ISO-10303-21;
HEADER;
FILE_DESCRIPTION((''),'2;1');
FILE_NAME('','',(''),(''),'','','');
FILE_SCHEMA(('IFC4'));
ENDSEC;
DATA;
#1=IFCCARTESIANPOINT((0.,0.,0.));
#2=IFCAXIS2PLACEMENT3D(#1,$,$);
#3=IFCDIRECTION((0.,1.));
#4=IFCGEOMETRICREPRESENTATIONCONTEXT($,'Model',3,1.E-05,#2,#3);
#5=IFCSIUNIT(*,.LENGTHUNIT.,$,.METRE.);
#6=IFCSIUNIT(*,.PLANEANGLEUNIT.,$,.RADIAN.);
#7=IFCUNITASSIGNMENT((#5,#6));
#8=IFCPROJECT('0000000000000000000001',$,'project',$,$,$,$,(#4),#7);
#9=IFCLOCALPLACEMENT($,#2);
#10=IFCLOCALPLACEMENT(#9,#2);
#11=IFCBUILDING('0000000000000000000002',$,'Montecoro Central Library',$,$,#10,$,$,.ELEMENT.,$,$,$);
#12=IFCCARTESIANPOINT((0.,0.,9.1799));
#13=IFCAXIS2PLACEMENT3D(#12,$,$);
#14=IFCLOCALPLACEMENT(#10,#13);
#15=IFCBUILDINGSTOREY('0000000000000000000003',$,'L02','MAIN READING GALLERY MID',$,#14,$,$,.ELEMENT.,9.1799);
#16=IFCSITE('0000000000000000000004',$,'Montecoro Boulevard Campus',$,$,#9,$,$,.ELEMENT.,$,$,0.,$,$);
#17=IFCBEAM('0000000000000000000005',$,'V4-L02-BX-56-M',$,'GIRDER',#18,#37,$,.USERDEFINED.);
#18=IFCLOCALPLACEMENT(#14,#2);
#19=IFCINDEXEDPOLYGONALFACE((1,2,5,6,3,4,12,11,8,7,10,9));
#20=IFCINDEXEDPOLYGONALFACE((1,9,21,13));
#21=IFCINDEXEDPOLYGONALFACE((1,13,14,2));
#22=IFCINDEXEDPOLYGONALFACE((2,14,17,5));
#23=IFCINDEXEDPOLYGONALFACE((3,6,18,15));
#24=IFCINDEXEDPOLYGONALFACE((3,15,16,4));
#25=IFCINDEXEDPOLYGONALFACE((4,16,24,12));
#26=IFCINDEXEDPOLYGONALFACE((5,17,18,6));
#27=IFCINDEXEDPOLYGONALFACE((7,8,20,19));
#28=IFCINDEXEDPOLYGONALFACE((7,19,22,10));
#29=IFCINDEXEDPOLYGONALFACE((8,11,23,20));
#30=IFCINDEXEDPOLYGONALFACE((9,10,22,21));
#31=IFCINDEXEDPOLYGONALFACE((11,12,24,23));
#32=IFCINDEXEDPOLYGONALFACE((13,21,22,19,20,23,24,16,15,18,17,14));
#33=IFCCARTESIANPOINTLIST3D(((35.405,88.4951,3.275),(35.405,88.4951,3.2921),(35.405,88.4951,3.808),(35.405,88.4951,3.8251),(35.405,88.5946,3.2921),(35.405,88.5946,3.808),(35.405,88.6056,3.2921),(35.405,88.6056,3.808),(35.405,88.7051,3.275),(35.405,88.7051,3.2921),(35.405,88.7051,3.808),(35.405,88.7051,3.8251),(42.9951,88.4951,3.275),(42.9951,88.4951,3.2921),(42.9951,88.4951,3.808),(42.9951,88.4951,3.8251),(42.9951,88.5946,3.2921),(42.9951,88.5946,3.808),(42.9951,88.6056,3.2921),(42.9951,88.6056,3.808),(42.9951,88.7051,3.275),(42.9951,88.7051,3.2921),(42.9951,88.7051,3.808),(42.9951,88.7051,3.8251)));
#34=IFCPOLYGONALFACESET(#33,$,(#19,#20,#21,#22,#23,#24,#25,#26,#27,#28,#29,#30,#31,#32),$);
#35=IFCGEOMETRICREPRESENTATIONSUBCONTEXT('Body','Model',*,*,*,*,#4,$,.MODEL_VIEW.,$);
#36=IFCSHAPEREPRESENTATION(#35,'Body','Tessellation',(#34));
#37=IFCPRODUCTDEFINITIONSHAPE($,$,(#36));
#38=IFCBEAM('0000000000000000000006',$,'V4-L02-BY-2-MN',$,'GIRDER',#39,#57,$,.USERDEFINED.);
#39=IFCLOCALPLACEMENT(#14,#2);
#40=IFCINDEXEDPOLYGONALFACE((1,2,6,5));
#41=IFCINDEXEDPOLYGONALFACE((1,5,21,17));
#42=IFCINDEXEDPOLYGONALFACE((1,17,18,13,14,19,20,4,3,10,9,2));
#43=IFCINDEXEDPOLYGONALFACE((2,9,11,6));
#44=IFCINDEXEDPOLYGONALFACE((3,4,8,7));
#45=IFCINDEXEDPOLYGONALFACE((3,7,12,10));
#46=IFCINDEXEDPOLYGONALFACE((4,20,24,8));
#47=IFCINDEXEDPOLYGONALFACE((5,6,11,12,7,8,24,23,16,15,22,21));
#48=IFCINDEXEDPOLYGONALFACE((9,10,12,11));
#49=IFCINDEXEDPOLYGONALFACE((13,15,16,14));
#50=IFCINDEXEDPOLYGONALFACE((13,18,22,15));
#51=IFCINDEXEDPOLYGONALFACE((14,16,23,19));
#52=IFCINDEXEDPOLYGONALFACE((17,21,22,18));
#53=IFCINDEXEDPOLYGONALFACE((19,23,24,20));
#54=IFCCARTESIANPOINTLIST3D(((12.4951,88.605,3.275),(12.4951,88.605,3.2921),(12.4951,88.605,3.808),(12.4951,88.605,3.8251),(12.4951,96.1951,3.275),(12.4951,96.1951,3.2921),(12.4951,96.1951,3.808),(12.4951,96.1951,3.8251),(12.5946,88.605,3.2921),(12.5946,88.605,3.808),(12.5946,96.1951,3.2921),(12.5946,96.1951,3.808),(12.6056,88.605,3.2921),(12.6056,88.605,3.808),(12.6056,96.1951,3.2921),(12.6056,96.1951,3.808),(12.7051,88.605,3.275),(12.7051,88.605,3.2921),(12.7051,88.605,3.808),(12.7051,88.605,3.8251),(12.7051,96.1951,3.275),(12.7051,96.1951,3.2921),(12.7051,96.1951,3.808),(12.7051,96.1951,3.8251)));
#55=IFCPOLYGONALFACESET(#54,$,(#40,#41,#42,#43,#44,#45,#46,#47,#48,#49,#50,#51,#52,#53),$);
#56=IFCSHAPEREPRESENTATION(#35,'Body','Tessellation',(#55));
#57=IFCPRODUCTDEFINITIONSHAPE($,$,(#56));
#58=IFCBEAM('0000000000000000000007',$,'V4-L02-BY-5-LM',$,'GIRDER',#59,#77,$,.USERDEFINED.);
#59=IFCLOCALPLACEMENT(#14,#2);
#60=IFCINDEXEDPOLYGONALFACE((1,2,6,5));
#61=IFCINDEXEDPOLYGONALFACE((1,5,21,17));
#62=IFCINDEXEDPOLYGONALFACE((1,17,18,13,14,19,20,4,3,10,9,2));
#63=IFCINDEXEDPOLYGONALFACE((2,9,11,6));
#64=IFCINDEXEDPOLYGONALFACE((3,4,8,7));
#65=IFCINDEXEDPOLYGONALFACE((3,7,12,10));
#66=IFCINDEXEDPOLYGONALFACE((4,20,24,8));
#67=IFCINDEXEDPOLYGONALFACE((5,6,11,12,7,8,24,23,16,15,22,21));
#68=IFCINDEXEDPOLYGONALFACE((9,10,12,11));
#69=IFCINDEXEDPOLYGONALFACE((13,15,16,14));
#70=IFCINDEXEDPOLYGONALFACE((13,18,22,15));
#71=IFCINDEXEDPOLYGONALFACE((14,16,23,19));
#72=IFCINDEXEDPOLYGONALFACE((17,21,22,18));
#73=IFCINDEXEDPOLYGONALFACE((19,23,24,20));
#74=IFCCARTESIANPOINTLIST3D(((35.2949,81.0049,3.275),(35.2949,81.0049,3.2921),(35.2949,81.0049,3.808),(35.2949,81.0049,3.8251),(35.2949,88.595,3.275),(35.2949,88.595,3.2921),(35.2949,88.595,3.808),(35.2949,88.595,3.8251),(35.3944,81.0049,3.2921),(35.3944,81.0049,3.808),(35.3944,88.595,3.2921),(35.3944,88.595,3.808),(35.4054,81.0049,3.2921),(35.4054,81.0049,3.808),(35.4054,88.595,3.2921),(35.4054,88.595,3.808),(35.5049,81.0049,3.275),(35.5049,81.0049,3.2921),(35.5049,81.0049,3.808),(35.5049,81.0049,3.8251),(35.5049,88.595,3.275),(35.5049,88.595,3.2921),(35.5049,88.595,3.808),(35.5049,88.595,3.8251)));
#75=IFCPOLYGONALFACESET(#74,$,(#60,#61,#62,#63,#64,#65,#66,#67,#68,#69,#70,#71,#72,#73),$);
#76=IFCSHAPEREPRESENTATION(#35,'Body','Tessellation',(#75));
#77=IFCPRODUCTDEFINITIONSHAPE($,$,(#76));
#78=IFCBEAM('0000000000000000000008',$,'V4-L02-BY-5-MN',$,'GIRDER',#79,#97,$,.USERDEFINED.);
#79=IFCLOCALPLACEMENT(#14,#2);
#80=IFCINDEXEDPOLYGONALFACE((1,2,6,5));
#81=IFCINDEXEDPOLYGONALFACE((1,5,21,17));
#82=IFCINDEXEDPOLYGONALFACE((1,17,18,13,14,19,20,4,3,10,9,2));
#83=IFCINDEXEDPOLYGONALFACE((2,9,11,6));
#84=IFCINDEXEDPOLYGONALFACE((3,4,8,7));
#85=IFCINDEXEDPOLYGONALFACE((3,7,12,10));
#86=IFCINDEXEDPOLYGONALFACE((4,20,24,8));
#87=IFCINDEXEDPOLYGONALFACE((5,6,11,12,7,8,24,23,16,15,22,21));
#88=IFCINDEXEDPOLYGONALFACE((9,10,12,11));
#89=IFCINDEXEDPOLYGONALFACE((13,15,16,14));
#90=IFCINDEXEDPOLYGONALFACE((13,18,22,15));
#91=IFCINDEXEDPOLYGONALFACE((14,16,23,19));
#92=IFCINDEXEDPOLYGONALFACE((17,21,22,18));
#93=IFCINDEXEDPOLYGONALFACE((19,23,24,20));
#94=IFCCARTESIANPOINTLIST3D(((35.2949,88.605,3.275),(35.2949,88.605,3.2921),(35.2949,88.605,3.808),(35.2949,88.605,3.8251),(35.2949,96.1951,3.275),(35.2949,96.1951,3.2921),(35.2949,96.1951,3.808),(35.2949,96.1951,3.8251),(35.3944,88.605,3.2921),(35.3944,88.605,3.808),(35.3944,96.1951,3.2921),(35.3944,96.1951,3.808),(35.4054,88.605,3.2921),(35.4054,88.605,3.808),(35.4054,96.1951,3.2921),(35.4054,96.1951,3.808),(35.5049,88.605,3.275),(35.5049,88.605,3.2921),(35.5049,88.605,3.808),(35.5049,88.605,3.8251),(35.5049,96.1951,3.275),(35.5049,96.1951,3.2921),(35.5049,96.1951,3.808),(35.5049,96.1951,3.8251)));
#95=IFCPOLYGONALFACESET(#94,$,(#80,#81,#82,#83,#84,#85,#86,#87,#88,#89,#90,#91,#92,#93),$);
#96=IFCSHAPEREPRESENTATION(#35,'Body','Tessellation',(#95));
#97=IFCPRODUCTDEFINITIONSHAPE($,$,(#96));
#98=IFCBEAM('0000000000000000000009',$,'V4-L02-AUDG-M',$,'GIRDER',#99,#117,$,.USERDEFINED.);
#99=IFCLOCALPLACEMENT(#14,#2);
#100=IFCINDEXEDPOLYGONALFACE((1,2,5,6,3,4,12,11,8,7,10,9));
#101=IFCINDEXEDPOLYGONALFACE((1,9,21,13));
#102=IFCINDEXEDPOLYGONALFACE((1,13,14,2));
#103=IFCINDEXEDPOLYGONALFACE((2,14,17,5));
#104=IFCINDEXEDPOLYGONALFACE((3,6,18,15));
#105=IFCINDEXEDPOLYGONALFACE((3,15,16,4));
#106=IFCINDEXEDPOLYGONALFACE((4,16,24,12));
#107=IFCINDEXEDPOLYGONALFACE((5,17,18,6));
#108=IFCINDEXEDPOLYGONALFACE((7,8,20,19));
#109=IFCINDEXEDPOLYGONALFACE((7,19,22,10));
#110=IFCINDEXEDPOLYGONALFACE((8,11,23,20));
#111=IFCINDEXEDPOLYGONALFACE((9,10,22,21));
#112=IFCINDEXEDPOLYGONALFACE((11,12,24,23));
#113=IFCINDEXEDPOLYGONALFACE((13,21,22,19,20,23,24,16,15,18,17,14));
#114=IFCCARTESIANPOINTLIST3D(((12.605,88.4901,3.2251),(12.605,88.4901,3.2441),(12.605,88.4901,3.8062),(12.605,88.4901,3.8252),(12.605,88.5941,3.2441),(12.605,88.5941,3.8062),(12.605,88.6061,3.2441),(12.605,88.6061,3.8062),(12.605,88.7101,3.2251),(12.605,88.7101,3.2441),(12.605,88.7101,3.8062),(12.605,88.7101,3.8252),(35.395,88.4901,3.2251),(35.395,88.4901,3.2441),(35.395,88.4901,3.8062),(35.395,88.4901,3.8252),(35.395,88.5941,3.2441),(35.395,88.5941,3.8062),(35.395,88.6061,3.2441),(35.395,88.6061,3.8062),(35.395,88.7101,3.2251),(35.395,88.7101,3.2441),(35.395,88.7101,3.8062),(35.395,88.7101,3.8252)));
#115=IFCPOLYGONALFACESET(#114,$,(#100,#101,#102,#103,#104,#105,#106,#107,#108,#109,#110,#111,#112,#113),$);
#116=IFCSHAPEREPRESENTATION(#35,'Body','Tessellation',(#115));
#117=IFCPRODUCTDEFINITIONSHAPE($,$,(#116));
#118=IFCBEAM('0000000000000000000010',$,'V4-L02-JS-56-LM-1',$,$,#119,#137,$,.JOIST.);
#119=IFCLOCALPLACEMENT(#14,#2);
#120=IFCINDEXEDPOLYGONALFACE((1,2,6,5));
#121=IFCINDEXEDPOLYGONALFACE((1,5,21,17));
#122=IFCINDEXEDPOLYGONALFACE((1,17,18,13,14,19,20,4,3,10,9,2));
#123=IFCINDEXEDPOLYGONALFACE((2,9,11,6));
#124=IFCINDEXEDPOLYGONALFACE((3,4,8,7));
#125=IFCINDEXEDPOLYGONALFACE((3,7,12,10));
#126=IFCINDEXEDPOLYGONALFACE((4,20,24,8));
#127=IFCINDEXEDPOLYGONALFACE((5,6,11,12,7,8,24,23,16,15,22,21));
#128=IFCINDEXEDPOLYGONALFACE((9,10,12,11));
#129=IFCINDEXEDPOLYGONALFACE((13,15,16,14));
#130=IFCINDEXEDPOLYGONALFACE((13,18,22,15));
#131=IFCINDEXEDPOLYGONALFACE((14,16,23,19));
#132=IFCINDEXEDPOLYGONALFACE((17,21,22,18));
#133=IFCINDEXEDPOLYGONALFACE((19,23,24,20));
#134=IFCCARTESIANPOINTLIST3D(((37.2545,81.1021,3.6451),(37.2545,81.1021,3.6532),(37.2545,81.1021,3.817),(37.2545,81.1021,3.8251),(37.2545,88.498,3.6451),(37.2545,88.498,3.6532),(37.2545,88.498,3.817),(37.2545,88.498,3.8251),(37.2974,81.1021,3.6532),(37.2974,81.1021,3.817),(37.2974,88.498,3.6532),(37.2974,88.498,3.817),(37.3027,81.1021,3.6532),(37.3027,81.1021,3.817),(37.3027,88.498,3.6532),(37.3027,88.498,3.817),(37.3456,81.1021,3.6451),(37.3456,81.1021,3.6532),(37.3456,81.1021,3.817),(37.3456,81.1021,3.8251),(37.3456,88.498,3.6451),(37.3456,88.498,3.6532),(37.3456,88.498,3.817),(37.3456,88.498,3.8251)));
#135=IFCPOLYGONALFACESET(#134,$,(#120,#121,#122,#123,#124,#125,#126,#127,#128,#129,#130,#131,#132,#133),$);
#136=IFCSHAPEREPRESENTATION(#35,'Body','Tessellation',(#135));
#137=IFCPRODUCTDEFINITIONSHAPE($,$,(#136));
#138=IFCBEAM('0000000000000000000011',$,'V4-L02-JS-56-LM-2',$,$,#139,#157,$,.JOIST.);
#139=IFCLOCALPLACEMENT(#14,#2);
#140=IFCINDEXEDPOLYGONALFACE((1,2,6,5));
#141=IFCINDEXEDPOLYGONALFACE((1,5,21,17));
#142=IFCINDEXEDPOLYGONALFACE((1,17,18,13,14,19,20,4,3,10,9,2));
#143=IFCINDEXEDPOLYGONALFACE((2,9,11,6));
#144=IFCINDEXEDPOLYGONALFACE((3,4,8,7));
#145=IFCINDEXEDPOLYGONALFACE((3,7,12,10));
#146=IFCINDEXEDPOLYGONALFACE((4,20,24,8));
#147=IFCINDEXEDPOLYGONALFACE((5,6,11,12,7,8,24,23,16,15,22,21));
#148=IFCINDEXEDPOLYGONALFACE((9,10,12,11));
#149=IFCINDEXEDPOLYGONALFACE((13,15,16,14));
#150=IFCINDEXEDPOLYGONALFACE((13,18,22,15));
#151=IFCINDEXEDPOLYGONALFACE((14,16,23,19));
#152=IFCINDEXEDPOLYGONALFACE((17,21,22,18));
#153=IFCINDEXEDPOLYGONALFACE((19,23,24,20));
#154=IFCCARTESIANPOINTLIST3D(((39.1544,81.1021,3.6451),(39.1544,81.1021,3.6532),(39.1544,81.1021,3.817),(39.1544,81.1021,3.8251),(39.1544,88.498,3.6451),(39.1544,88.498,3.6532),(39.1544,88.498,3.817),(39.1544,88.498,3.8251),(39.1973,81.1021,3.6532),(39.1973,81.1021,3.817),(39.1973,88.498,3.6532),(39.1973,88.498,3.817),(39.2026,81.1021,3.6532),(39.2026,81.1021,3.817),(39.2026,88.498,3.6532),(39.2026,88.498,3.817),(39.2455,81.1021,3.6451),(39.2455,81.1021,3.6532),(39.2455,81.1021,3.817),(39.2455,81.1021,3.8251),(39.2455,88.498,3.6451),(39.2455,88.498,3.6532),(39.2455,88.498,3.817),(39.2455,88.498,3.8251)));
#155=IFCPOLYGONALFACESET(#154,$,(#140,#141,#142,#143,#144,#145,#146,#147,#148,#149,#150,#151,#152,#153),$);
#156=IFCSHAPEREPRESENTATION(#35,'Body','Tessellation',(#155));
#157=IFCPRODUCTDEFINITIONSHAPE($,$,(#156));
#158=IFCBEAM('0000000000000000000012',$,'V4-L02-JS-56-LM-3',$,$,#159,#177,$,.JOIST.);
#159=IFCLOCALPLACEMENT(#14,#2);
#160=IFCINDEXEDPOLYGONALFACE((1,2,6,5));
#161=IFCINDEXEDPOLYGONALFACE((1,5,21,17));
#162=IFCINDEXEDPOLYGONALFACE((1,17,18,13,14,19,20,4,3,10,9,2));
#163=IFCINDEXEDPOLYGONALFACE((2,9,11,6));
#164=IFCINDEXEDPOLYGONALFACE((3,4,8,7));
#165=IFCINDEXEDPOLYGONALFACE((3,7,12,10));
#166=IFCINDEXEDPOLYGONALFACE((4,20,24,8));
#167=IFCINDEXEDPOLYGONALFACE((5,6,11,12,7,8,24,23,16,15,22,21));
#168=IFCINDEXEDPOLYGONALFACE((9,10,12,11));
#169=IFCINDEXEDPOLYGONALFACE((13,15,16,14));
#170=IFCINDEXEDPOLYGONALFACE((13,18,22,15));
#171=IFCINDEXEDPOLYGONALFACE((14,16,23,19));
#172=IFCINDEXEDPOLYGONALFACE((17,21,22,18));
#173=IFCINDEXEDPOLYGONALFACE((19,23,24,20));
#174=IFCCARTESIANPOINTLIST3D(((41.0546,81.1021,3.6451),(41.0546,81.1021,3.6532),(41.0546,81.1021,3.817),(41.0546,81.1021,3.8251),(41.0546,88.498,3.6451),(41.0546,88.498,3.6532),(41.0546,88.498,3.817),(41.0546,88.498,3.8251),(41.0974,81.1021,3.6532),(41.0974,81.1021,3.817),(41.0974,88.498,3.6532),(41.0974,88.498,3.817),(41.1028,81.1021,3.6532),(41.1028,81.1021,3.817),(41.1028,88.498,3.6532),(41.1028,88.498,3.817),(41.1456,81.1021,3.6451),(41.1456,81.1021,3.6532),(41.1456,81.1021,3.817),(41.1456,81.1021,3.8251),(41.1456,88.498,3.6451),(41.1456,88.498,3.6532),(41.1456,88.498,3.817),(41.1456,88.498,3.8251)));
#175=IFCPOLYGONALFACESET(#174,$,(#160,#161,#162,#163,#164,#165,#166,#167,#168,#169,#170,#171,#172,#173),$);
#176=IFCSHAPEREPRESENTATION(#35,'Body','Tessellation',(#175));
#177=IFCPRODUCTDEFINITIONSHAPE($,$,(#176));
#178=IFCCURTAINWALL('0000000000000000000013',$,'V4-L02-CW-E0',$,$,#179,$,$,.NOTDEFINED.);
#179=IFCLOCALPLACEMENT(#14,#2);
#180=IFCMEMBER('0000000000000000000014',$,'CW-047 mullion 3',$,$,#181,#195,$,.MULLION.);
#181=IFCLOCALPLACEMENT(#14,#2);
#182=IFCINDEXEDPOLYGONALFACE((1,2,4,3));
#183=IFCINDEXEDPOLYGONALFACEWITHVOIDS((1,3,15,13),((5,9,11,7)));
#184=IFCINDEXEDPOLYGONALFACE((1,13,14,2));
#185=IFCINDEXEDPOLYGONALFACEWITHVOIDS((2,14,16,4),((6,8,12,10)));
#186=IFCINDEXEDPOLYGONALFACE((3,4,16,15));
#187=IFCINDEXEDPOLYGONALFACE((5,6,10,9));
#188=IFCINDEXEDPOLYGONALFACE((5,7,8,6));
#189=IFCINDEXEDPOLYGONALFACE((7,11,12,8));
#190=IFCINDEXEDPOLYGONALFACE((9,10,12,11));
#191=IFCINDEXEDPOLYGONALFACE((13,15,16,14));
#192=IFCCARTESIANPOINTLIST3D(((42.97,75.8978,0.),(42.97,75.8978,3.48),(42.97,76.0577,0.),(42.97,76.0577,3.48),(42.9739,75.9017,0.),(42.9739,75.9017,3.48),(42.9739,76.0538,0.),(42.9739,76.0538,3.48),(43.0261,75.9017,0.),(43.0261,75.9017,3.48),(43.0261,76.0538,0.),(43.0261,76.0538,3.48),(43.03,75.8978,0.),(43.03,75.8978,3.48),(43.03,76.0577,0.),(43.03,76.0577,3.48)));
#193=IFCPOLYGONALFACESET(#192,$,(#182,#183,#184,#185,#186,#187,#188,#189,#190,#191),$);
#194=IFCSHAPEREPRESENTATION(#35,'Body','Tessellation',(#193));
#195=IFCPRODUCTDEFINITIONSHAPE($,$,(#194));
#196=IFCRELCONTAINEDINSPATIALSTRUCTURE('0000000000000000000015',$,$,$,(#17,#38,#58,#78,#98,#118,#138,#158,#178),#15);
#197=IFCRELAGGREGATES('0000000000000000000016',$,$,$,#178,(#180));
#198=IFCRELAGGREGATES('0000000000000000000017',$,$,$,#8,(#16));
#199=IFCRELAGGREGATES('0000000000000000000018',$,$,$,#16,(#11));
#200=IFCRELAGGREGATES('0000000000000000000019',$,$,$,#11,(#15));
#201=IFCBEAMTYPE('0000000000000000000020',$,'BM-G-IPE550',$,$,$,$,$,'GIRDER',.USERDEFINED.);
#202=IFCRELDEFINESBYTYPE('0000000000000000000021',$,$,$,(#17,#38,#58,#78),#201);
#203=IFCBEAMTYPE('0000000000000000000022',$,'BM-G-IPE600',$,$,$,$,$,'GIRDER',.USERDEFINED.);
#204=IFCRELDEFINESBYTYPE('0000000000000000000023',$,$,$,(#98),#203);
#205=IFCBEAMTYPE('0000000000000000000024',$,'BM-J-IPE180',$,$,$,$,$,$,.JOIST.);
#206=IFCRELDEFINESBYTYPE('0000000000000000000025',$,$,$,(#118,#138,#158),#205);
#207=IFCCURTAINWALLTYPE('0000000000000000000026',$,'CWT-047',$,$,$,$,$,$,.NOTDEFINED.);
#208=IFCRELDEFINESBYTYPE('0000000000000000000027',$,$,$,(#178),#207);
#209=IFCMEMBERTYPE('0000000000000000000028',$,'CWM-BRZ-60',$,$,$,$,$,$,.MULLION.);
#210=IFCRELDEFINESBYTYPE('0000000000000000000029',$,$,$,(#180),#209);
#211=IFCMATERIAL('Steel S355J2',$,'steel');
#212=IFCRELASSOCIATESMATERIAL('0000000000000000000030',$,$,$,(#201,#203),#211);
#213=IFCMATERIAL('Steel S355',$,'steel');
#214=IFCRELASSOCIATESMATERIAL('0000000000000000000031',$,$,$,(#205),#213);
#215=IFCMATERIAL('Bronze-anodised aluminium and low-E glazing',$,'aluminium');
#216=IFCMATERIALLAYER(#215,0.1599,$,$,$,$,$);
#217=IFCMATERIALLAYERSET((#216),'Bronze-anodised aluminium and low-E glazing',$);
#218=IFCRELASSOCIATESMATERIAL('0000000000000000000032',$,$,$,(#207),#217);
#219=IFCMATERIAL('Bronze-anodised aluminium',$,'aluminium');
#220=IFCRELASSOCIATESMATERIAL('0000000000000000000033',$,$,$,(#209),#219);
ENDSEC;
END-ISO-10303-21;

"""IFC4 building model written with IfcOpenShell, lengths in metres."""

from ifc_helpers import new_model, si_unit, direction, frame, origin, origin_2d, place, context, subcontext, project, spatial, hollow_rectangle, i_section, extrude, material, layer, layer_set, material_profile, profile_set, type_object, element, aggregate, save


model = new_model("IFC4")

# Units and contexts
model_context = context("Model", 3, precision=1e-05, world=origin(), true_north=direction((0.0, 1.0)))
body_context = subcontext(model_context, "Body", "Model", "MODEL_VIEW")
ifc_project = project(units=[si_unit("LENGTHUNIT", "METRE"), si_unit("PLANEANGLEUNIT", "RADIAN")], contexts=[model_context])

# Site, building, storey
site_placement = place(None, origin())
site = spatial("IfcSite", under=ifc_project, at=site_placement, Name="Montecoro Boulevard Campus", CompositionType="ELEMENT", RefElevation=0.0)
building_placement = place(site_placement, origin())
building = spatial("IfcBuilding", under=site, at=building_placement, Name="Montecoro Central Library", CompositionType="ELEMENT")
storey_placement = place(building_placement, frame((0.0, 0.0, 9.1799)))
storey = spatial("IfcBuildingStorey", under=building, at=storey_placement, Name="L02", Description="MAIN READING GALLERY MID", CompositionType="ELEMENT", Elevation=9.1799)

# Shared definitions
ifc_material_1 = material(Name="Steel S355", Category="steel")

# Beams
ifc_material_2 = material(Name="Steel S355J2", Category="steel")
ifc_material_profile_1 = material_profile(ifc_material_2, i_section(OverallWidth=0.21, OverallDepth=0.55, WebThickness=0.011, FlangeThickness=0.0171, at=origin_2d()), Name="IPE 550")
ifc_profile_set_1 = profile_set([ifc_material_profile_1], Name="Steel S355J2")
beam_type_1 = type_object("IfcBeamType", Name="BM-G-IPE550", ElementType="GIRDER", PredefinedType="USERDEFINED", material=ifc_profile_set_1)
for number, where, z_axis, x_axis, name in (
    (1, (35.405, 88.6001, 3.55), (1.0, 0.0, 0.0), (0.0, 1.0, 0.0), "V4-L02-BX-56-M"),
    (2, (12.6001, 88.605, 3.55), (0.0, 1.0, 0.0), (-1.0, 0.0, 0.0), "V4-L02-BY-2-MN"),
    (3, (35.3999, 81.0049, 3.55), (0.0, 1.0, 0.0), (-1.0, 0.0, 0.0), "V4-L02-BY-5-LM"),
    (4, (35.3999, 88.605, 3.55), (0.0, 1.0, 0.0), (-1.0, 0.0, 0.0), "V4-L02-BY-5-MN"),
):
    element("IfcBeam", number, at=place(storey_placement, frame(where, z_axis=z_axis, x_axis=x_axis)), inside=storey, type_object=beam_type_1, Name=name, ObjectType="GIRDER", PredefinedType="USERDEFINED", context=body_context, shape_type="SweptSolid", body=[
        extrude(i_section(OverallWidth=0.21, OverallDepth=0.55, WebThickness=0.011, FlangeThickness=0.0171, at=origin_2d()), origin(), (0.0, 0.0, 1.0), 7.5901),
    ])
ifc_material_profile_2 = material_profile(ifc_material_2, i_section(OverallWidth=0.22, OverallDepth=0.6001, WebThickness=0.012, FlangeThickness=0.019, at=origin_2d()), Name="IPE 600")
ifc_profile_set_2 = profile_set([ifc_material_profile_2], Name="Steel S355J2")
beam_type_2 = type_object("IfcBeamType", Name="BM-G-IPE600", ElementType="GIRDER", PredefinedType="USERDEFINED", material=ifc_profile_set_2)
beam_1_placement = place(storey_placement, frame((12.605, 88.6001, 3.5251), z_axis=(1.0, 0.0, 0.0), x_axis=(0.0, 1.0, 0.0)))
element("IfcBeam", 5, at=beam_1_placement, inside=storey, type_object=beam_type_2, Name="V4-L02-AUDG-M", ObjectType="GIRDER", PredefinedType="USERDEFINED", context=body_context, shape_type="SweptSolid", body=[
    extrude(i_section(OverallWidth=0.22, OverallDepth=0.6001, WebThickness=0.012, FlangeThickness=0.019, at=origin_2d()), origin(), (0.0, 0.0, 1.0), 22.79),
])
ifc_material_profile_3 = material_profile(ifc_material_1, i_section(OverallWidth=0.0911, OverallDepth=0.1799, WebThickness=0.0054, FlangeThickness=0.0081, at=origin_2d()), Name="IPE 180")
ifc_profile_set_3 = profile_set([ifc_material_profile_3], Name="Steel S355")
beam_type_3 = type_object("IfcBeamType", Name="BM-J-IPE180", PredefinedType="JOIST", material=ifc_profile_set_3)
for number, where, z_axis, x_axis, name in (
    (6, (37.3, 81.1021, 3.7351), (0.0, 1.0, 0.0), (-1.0, 0.0, 0.0), "V4-L02-JS-56-LM-1"),
    (7, (39.2, 81.1021, 3.7351), (0.0, 1.0, 0.0), (-1.0, 0.0, 0.0), "V4-L02-JS-56-LM-2"),
    (8, (41.1001, 81.1021, 3.7351), (0.0, 1.0, 0.0), (-1.0, 0.0, 0.0), "V4-L02-JS-56-LM-3"),
):
    element("IfcBeam", number, at=place(storey_placement, frame(where, z_axis=z_axis, x_axis=x_axis)), inside=storey, type_object=beam_type_3, Name=name, PredefinedType="JOIST", context=body_context, shape_type="SweptSolid", body=[
        extrude(i_section(OverallWidth=0.0911, OverallDepth=0.1799, WebThickness=0.0054, FlangeThickness=0.0081, at=origin_2d()), origin(), (0.0, 0.0, 1.0), 7.396),
    ])

# Curtain wall, member
ifc_material_3 = material(Name="Bronze-anodised aluminium and low-E glazing", Category="aluminium")
ifc_layer_1 = layer(ifc_material_3, 0.1599)
ifc_layer_set_1 = layer_set([ifc_layer_1], Name="Bronze-anodised aluminium and low-E glazing")
curtain_wall_type = type_object("IfcCurtainWallType", Name="CWT-047", PredefinedType="NOTDEFINED", material=ifc_layer_set_1)
curtain_wall_placement = place(storey_placement, origin())
curtain_wall = element("IfcCurtainWall", 9, at=curtain_wall_placement, inside=storey, type_object=curtain_wall_type, Name="V4-L02-CW-E0", PredefinedType="NOTDEFINED")
ifc_material_4 = material(Name="Bronze-anodised aluminium", Category="aluminium")
ifc_material_profile_4 = material_profile(ifc_material_4, hollow_rectangle(XDim=0.0601, YDim=0.1599, WallThickness=0.0039, at=origin_2d()), Name="CWM 160x60x4.0")
ifc_profile_set_4 = profile_set([ifc_material_profile_4], Name="Bronze-anodised aluminium")
member_type_1 = type_object("IfcMemberType", Name="CWM-BRZ-60", PredefinedType="MULLION", material=ifc_profile_set_4)
member_1_placement = place(storey_placement, frame((43.0, 75.9778, 0.0), z_axis=(0.0, 0.0, 1.0), x_axis=(-1.0, 0.0, 0.0)))
member_1 = element("IfcMember", 10, at=member_1_placement, type_object=member_type_1, Name="CW-047 mullion 3", PredefinedType="MULLION", context=body_context, shape_type="SweptSolid", body=[
    extrude(hollow_rectangle(XDim=0.0601, YDim=0.1599, WallThickness=0.0039, at=origin_2d()), origin(), (0.0, 0.0, 1.0), 3.48),
])
aggregate(curtain_wall, [member_1])

save(model, "model.ifc")
